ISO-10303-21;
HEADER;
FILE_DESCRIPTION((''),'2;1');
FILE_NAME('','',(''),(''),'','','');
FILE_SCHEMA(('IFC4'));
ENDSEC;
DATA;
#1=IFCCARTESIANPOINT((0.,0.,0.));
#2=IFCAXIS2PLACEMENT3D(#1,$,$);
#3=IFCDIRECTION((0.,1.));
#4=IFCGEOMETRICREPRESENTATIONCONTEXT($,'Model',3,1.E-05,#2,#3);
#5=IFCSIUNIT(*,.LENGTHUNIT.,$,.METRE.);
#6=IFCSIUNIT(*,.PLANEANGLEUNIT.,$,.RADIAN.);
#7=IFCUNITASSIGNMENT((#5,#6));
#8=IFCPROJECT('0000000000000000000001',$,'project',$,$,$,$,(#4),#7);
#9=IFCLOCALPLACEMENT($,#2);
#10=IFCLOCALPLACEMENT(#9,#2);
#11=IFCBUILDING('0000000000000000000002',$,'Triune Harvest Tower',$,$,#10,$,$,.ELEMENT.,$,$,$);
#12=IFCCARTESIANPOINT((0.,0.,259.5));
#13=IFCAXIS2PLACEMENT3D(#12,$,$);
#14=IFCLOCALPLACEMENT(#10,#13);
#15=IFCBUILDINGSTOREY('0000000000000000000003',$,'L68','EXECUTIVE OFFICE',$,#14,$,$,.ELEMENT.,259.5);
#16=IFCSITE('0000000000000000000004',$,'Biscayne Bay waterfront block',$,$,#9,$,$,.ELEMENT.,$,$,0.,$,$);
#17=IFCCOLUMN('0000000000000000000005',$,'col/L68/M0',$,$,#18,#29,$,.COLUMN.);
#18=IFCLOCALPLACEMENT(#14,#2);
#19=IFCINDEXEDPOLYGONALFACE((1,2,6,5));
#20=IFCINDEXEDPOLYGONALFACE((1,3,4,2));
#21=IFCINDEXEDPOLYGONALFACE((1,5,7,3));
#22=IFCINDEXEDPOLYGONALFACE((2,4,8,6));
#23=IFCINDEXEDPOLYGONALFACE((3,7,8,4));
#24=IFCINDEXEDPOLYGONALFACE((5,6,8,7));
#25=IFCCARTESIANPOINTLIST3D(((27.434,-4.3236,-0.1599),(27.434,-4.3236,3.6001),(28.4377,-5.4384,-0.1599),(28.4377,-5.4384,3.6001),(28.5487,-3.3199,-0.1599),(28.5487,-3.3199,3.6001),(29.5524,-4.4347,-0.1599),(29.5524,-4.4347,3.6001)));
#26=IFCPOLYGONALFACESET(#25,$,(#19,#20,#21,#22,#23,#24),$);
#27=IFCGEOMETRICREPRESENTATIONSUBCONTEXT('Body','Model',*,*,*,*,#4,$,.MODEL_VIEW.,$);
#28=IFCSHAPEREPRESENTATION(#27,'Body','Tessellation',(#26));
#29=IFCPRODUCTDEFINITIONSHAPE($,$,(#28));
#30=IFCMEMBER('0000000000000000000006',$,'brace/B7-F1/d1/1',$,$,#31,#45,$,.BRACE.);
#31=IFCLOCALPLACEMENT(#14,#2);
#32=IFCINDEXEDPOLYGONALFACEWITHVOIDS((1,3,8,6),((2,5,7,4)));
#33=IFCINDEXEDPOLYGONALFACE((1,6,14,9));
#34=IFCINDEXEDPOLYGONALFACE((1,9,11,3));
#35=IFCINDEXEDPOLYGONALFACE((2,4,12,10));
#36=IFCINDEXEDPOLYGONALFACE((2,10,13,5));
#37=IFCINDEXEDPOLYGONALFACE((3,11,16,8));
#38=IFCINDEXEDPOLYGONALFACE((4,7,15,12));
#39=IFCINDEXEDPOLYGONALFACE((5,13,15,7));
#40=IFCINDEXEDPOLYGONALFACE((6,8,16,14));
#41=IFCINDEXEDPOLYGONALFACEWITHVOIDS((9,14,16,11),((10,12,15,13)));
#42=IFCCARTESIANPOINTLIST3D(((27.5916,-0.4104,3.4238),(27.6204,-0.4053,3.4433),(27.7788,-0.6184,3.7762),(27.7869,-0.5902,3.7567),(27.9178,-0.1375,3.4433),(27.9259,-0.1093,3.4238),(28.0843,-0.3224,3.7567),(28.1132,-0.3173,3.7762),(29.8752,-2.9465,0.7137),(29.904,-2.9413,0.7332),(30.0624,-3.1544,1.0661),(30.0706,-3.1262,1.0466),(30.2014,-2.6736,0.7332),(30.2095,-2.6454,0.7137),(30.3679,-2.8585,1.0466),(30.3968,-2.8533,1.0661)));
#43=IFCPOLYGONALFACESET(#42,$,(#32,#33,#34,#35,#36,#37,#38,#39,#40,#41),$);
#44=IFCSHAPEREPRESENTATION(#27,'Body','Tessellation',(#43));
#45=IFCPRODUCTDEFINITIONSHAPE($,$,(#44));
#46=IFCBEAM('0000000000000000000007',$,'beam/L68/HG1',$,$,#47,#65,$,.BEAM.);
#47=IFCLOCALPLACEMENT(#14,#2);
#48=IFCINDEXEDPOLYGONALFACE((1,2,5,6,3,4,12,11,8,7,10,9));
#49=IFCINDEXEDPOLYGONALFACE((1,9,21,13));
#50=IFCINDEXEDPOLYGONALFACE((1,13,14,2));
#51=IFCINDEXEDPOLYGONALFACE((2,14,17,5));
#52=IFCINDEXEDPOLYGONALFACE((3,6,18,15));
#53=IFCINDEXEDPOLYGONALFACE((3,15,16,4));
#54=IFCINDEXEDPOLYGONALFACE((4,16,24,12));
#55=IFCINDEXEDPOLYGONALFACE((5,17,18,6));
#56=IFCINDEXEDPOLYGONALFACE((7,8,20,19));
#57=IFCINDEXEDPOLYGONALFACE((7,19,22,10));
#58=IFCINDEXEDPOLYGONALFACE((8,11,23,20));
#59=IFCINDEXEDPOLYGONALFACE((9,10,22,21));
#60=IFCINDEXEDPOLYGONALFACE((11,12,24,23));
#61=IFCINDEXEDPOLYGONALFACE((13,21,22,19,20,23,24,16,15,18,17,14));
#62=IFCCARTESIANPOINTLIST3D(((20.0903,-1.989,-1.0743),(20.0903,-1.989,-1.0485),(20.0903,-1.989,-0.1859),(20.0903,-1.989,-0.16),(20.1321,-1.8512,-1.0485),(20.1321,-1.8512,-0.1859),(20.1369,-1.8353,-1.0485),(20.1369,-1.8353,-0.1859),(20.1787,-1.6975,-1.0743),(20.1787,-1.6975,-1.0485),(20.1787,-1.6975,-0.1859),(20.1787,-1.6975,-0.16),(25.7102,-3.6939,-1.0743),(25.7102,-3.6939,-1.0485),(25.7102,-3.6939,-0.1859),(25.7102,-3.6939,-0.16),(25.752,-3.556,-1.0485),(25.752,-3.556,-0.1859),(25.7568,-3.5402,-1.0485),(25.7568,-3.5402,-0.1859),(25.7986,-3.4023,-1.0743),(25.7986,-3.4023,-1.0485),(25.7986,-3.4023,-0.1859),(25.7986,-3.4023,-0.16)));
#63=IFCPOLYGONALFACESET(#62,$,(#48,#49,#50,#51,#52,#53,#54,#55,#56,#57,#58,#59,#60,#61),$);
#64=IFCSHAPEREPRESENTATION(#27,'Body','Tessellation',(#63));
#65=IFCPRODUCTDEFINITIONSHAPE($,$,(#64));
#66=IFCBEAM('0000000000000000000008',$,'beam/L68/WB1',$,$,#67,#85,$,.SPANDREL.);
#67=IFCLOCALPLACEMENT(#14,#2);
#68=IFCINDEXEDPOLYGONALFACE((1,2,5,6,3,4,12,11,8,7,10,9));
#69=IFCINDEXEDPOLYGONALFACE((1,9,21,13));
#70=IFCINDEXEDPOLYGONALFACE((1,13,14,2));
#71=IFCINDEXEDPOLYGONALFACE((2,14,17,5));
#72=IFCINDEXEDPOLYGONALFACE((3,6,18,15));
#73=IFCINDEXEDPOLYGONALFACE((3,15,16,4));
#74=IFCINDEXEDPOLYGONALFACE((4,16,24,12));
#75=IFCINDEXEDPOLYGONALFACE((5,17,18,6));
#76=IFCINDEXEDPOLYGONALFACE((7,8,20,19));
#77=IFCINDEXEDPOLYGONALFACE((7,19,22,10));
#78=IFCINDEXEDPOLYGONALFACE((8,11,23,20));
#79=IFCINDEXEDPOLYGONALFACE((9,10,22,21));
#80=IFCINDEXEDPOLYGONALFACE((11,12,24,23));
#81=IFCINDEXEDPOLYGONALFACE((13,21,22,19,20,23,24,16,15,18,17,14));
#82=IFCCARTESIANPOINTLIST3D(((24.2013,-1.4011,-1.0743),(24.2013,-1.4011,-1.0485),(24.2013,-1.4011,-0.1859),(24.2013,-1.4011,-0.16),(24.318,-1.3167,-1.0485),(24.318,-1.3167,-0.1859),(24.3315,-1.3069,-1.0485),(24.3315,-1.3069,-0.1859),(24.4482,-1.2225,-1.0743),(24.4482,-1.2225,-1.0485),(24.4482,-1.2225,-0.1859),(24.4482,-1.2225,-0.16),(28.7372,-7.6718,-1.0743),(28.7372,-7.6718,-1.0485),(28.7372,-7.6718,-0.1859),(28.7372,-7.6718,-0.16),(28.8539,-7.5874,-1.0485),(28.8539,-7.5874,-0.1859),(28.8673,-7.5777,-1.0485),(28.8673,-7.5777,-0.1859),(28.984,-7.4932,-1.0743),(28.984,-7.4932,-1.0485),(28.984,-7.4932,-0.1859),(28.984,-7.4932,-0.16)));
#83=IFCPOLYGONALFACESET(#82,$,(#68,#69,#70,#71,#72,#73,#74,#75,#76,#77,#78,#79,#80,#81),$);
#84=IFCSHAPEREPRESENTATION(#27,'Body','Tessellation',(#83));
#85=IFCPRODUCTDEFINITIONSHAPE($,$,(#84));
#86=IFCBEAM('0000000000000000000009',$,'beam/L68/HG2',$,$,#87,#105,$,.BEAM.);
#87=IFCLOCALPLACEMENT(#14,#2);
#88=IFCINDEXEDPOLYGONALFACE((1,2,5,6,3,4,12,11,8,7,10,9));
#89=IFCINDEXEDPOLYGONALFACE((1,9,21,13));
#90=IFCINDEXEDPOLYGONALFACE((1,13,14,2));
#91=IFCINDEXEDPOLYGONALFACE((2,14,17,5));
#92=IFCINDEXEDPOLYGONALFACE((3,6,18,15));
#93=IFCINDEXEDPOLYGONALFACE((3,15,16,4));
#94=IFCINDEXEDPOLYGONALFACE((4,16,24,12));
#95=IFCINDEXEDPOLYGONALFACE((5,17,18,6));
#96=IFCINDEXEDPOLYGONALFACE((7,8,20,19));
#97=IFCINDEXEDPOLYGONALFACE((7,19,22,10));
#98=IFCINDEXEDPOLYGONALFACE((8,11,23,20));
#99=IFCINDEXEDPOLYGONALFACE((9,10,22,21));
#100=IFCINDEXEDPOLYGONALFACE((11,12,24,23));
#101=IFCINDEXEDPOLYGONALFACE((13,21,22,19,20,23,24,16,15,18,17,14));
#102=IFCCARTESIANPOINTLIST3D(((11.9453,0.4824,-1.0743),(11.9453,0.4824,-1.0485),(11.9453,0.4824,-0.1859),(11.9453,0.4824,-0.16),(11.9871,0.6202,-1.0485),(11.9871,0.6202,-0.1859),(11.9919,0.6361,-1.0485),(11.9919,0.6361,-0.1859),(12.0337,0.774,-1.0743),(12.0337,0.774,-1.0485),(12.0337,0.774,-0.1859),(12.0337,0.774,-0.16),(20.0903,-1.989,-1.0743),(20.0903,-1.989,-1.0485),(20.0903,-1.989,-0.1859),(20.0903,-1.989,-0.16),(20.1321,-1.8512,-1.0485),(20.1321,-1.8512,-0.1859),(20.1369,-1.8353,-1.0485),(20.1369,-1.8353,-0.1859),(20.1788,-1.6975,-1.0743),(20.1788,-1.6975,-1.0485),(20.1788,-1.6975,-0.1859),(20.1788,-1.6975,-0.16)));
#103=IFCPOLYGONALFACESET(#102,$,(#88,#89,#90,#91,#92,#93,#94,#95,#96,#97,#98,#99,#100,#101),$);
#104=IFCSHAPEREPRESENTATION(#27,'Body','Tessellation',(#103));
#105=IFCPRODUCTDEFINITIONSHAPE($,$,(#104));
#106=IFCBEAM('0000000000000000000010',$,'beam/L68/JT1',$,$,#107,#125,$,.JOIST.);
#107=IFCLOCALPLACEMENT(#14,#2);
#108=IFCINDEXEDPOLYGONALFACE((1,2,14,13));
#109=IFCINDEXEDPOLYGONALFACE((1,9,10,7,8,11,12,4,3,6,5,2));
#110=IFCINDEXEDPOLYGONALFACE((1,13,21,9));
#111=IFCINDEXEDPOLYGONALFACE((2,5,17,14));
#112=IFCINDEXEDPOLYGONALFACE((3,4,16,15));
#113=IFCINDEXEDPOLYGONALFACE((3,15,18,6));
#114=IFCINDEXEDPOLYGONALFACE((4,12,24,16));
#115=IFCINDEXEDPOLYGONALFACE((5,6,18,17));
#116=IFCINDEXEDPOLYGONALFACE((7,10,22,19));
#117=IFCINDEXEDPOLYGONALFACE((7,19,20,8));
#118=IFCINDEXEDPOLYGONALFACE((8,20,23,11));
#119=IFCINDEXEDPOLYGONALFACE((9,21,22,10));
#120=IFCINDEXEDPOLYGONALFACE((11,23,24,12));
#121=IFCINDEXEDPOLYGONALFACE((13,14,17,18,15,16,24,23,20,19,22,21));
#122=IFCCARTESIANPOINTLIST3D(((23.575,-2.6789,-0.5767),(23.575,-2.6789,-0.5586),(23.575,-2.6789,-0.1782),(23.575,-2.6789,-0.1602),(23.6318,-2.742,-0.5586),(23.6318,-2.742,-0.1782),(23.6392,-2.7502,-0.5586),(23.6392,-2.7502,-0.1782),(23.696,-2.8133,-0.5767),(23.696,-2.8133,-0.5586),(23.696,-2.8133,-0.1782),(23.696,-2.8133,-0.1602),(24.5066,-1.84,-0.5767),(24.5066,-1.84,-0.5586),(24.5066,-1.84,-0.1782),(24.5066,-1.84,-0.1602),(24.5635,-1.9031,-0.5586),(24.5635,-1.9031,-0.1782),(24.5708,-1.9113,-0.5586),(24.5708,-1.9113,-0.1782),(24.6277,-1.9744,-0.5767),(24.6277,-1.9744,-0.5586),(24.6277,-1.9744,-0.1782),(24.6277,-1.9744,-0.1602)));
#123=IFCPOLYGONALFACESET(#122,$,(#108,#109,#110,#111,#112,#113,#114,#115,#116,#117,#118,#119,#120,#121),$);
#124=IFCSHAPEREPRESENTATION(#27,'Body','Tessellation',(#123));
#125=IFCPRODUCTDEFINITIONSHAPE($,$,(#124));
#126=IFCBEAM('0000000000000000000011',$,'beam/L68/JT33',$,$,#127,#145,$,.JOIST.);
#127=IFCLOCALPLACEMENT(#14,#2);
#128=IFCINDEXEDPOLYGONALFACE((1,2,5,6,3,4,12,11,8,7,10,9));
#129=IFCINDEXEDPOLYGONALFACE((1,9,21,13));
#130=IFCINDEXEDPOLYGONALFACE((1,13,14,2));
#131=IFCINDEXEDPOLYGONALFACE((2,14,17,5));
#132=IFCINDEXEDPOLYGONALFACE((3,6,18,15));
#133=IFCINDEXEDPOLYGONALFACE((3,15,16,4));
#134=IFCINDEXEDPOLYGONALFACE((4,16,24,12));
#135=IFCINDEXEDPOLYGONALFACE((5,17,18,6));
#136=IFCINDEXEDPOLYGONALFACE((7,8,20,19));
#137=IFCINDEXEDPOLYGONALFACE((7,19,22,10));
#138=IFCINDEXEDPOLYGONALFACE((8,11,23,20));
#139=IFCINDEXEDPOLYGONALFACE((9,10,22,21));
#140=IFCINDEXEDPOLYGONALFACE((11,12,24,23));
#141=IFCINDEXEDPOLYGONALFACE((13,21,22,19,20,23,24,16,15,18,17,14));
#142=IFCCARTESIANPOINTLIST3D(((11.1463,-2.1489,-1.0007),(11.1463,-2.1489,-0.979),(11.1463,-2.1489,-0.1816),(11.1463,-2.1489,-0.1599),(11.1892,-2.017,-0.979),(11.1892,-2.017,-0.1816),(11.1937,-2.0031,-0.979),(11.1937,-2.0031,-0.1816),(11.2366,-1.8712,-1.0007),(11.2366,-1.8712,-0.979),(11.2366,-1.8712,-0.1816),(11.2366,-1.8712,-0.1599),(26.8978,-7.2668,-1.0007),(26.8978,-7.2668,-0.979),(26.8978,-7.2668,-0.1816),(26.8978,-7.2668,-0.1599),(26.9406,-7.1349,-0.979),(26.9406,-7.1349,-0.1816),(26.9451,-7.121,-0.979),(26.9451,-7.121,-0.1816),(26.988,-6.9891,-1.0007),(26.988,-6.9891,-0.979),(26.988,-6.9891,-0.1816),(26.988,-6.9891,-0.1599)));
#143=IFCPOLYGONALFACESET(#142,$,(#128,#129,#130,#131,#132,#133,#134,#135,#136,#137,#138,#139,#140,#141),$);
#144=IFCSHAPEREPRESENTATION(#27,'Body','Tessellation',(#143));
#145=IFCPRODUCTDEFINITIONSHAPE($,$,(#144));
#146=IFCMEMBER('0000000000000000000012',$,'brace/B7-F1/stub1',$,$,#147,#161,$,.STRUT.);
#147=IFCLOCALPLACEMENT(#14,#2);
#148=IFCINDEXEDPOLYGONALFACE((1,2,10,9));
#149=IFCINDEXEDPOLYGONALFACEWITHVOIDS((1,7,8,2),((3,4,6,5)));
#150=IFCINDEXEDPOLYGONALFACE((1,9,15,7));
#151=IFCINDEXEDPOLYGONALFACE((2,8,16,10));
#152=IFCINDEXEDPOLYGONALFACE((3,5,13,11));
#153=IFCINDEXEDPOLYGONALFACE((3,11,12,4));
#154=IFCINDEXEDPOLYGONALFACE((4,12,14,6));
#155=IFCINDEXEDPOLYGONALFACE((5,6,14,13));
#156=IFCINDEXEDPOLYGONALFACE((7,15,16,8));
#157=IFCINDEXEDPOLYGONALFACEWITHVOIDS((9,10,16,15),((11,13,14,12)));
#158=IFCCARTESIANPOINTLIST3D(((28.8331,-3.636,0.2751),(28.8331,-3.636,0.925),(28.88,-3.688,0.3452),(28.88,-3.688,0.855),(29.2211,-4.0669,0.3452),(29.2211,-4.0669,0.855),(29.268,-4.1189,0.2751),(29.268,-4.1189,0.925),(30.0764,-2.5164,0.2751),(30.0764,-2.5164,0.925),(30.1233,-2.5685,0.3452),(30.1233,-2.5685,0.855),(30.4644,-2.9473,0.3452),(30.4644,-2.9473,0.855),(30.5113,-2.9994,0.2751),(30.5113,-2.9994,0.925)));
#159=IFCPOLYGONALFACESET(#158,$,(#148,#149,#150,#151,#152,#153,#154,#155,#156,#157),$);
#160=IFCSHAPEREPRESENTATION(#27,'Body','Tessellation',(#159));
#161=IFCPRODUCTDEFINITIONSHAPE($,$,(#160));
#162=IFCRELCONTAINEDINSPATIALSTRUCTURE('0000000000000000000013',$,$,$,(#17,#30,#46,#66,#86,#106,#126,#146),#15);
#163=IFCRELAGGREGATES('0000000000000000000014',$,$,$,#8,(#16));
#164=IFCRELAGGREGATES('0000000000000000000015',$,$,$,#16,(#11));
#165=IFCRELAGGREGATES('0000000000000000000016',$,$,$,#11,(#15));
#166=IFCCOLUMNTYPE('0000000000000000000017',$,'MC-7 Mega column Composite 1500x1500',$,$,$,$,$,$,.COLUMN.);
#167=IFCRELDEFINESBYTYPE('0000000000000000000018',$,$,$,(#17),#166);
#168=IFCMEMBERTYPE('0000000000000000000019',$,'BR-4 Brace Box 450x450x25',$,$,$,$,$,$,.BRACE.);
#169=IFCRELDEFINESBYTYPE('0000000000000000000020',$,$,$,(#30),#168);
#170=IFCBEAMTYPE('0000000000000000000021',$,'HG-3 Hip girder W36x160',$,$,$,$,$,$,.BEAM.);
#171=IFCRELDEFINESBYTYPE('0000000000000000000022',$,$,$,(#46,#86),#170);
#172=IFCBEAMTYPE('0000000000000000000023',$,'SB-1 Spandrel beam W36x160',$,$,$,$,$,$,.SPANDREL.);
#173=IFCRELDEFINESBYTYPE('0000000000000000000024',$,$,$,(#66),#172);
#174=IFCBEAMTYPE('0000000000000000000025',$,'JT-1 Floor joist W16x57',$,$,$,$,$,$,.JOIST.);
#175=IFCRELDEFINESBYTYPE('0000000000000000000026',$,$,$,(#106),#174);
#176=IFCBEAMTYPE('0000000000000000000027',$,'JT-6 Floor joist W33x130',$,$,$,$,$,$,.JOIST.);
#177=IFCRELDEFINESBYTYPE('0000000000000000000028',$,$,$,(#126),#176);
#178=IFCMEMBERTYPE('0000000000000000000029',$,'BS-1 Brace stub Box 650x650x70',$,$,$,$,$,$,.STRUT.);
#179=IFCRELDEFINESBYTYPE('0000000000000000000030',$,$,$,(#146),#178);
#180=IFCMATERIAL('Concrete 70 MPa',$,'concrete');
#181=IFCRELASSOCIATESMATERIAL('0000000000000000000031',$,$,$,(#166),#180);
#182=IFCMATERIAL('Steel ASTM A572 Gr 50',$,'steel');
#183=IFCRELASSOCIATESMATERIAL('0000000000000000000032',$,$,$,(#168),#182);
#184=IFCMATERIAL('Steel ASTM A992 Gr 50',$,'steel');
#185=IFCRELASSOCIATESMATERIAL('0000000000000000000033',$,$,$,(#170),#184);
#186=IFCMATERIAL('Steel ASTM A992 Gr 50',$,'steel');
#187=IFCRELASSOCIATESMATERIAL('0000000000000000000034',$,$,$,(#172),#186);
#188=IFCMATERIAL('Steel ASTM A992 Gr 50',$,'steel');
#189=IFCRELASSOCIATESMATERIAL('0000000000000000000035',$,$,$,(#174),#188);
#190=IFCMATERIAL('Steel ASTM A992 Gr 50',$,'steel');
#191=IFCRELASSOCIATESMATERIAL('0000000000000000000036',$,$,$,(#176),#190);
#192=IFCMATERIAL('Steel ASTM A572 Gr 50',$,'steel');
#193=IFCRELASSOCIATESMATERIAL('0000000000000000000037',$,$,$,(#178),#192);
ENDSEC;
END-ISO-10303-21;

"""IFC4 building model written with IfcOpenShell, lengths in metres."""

from ifc_helpers import new_model, si_unit, direction, frame, origin, origin_2d, place, context, subcontext, project, spatial, rectangle, hollow_rectangle, i_section, extrude, source, transform, mapped, material, material_profile, profile_set, type_object, element, save


model = new_model("IFC4")

# Units and contexts
model_context = context("Model", 3, precision=1e-05, world=origin(), true_north=direction((0.0, 1.0)))
body_context = subcontext(model_context, "Body", "Model", "MODEL_VIEW")
ifc_project = project(units=[si_unit("LENGTHUNIT", "METRE"), si_unit("PLANEANGLEUNIT", "RADIAN")], contexts=[model_context])

# Site, building, storey
site_placement = place(None, origin())
site = spatial("IfcSite", under=ifc_project, at=site_placement, Name="Biscayne Bay waterfront block", CompositionType="ELEMENT", RefElevation=0.0)
building_placement = place(site_placement, origin())
building = spatial("IfcBuilding", under=site, at=building_placement, Name="Triune Harvest Tower", CompositionType="ELEMENT")
storey_placement = place(building_placement, frame((0.0, 0.0, 259.5)))
storey = spatial("IfcBuildingStorey", under=building, at=storey_placement, Name="L68", Description="EXECUTIVE OFFICE", CompositionType="ELEMENT", Elevation=259.5)

# Column
ifc_material_1 = material(Name="Concrete 70 MPa", Category="concrete")
ifc_material_profile_1 = material_profile(ifc_material_1, rectangle(XDim=1.5, YDim=1.5, at=origin_2d()), Name="Composite 1500x1500")
ifc_profile_set_1 = profile_set([ifc_material_profile_1], Name="Concrete 70 MPa")
column_type = type_object("IfcColumnType", Name="MC-7 Mega column Composite 1500x1500", PredefinedType="COLUMN", material=ifc_profile_set_1)
shared_shape_1 = source(origin(), body_context, "Body", "SweptSolid", [
    extrude(rectangle(XDim=1.5, YDim=1.5, at=origin_2d()), origin(), (0.0, 0.0, 1.0), 3.76),
])
column_placement = place(storey_placement, frame((28.4932, -4.3792, -0.1599), z_axis=(0.0, 0.0, 1.0), x_axis=(-0.669131, 0.743145, 0.0)))
element("IfcColumn", 1, at=column_placement, inside=storey, type_object=column_type, Name="col/L68/M0", PredefinedType="COLUMN", context=body_context, shape_type="MappedRepresentation", body=[
    mapped(shared_shape_1, transform((0.0, 0.0, 0.0), scale=1.0)),
])

# Member
ifc_material_2 = material(Name="Steel ASTM A572 Gr 50", Category="steel")
ifc_material_profile_2 = material_profile(ifc_material_2, hollow_rectangle(XDim=0.45, YDim=0.45, WallThickness=0.0249, at=origin_2d()), Name="Box 450x450x25")
ifc_profile_set_2 = profile_set([ifc_material_profile_2], Name="Steel ASTM A572 Gr 50")
member_type_1 = type_object("IfcMemberType", Name="BR-4 Brace Box 450x450x25", PredefinedType="BRACE", material=ifc_profile_set_2)
member_1_placement = place(storey_placement, frame((30.136, -2.8999, 0.8899), z_axis=(-0.524019, 0.581945, 0.621888), x_axis=(-0.743123, -0.669154, 0.0)))
element("IfcMember", 2, at=member_1_placement, inside=storey, type_object=member_type_1, Name="brace/B7-F1/d1/1", PredefinedType="BRACE", context=body_context, shape_type="SweptSolid", body=[
    extrude(hollow_rectangle(XDim=0.45, YDim=0.45, WallThickness=0.0249, at=origin_2d()), origin(), (0.0, 0.0, 1.0), 4.3579),
])

# Beams
ifc_material_3 = material(Name="Steel ASTM A992 Gr 50", Category="steel")
ifc_material_profile_3 = material_profile(ifc_material_3, i_section(OverallWidth=0.3047, OverallDepth=0.9143, WebThickness=0.0166, FlangeThickness=0.0259, at=origin_2d()), Name="W36x160")
ifc_profile_set_3 = profile_set([ifc_material_profile_3], Name="Steel ASTM A992 Gr 50")
beam_type_1 = type_object("IfcBeamType", Name="HG-3 Hip girder W36x160", PredefinedType="BEAM", material=ifc_profile_set_3)
beam_1_placement = place(storey_placement, frame((25.7544, -3.5481, -0.6172), z_axis=(-0.956937, 0.290295, 0.0), x_axis=(-0.290295, -0.956937, 0.0)))
element("IfcBeam", 3, at=beam_1_placement, inside=storey, type_object=beam_type_1, Name="beam/L68/HG1", PredefinedType="BEAM", context=body_context, shape_type="SweptSolid", body=[
    extrude(i_section(OverallWidth=0.3047, OverallDepth=0.9143, WebThickness=0.0166, FlangeThickness=0.0259, at=origin_2d()), origin(), (0.0, 0.0, 1.0), 5.8728),
])
ifc_material_4 = material(Name="Steel ASTM A992 Gr 50", Category="steel")
ifc_material_profile_4 = material_profile(ifc_material_4, i_section(OverallWidth=0.3047, OverallDepth=0.9143, WebThickness=0.0166, FlangeThickness=0.0259, at=origin_2d()), Name="W36x160")
ifc_profile_set_4 = profile_set([ifc_material_profile_4], Name="Steel ASTM A992 Gr 50")
beam_type_2 = type_object("IfcBeamType", Name="SB-1 Spandrel beam W36x160", PredefinedType="SPANDREL", material=ifc_profile_set_4)
shared_shape_2 = source(origin(), body_context, "Body", "SweptSolid", [
    extrude(i_section(OverallWidth=0.3047, OverallDepth=0.9143, WebThickness=0.0166, FlangeThickness=0.0259, at=origin_2d()), origin(), (0.0, 0.0, 1.0), 7.7393),
])
beam_2_placement = place(storey_placement, frame((28.8606, -7.5825, -0.6172), z_axis=(-0.586086, 0.810249, 0.0), x_axis=(-0.810249, -0.586086, 0.0)))
element("IfcBeam", 4, at=beam_2_placement, inside=storey, type_object=beam_type_2, Name="beam/L68/WB1", PredefinedType="SPANDREL", context=body_context, shape_type="MappedRepresentation", body=[
    mapped(shared_shape_2, transform((0.0, 0.0, 0.0), scale=1.0)),
])
shared_shape_3 = source(origin(), body_context, "Body", "SweptSolid", [
    extrude(i_section(OverallWidth=0.3047, OverallDepth=0.9143, WebThickness=0.0166, FlangeThickness=0.0259, at=origin_2d()), origin(), (0.0, 0.0, 1.0), 8.5117),
])
beam_3_placement = place(storey_placement, frame((20.1345, -1.8433, -0.6172), z_axis=(-0.956918, 0.290357, 0.0), x_axis=(-0.290357, -0.956918, 0.0)))
element("IfcBeam", 5, at=beam_3_placement, inside=storey, type_object=beam_type_1, Name="beam/L68/HG2", PredefinedType="BEAM", context=body_context, shape_type="MappedRepresentation", body=[
    mapped(shared_shape_3, transform((0.0, 0.0, 0.0), scale=1.0)),
])
ifc_material_5 = material(Name="Steel ASTM A992 Gr 50", Category="steel")
ifc_material_profile_5 = material_profile(ifc_material_5, i_section(OverallWidth=0.1809, OverallDepth=0.4165, WebThickness=0.011, FlangeThickness=0.0181, at=origin_2d()), Name="W16x57")
ifc_profile_set_5 = profile_set([ifc_material_profile_5], Name="Steel ASTM A992 Gr 50")
beam_type_3 = type_object("IfcBeamType", Name="JT-1 Floor joist W16x57", PredefinedType="JOIST", material=ifc_profile_set_5)
shared_shape_4 = source(origin(), body_context, "Body", "SweptSolid", [
    extrude(i_section(OverallWidth=0.1809, OverallDepth=0.4165, WebThickness=0.011, FlangeThickness=0.0181, at=origin_2d()), origin(), (0.0, 0.0, 1.0), 1.2537),
])
beam_4_placement = place(storey_placement, frame((24.5671, -1.9072, -0.3684), z_axis=(-0.743139, -0.669137, 0.0), x_axis=(0.669137, -0.743139, 0.0)))
element("IfcBeam", 6, at=beam_4_placement, inside=storey, type_object=beam_type_3, Name="beam/L68/JT1", PredefinedType="JOIST", context=body_context, shape_type="MappedRepresentation", body=[
    mapped(shared_shape_4, transform((0.0, 0.0, 0.0), scale=1.0)),
])
ifc_material_6 = material(Name="Steel ASTM A992 Gr 50", Category="steel")
ifc_material_profile_6 = material_profile(ifc_material_6, i_section(OverallWidth=0.292, OverallDepth=0.8408, WebThickness=0.0146, FlangeThickness=0.0217, at=origin_2d()), Name="W33x130")
ifc_profile_set_6 = profile_set([ifc_material_profile_6], Name="Steel ASTM A992 Gr 50")
beam_type_4 = type_object("IfcBeamType", Name="JT-6 Floor joist W33x130", PredefinedType="JOIST", material=ifc_profile_set_6)
shared_shape_5 = source(origin(), body_context, "Body", "SweptSolid", [
    extrude(i_section(OverallWidth=0.292, OverallDepth=0.8408, WebThickness=0.0146, FlangeThickness=0.0217, at=origin_2d()), origin(), (0.0, 0.0, 1.0), 16.562),
])
beam_5_placement = place(storey_placement, frame((26.9429, -7.1279, -0.5803), z_axis=(-0.951057, 0.309015, 0.0), x_axis=(-0.309015, -0.951057, 0.0)))
element("IfcBeam", 7, at=beam_5_placement, inside=storey, type_object=beam_type_4, Name="beam/L68/JT33", PredefinedType="JOIST", context=body_context, shape_type="MappedRepresentation", body=[
    mapped(shared_shape_5, transform((0.0, 0.0, 0.0), scale=1.0)),
])

# Member
ifc_material_7 = material(Name="Steel ASTM A572 Gr 50", Category="steel")
ifc_material_profile_7 = material_profile(ifc_material_7, hollow_rectangle(XDim=0.6499, YDim=0.6499, WallThickness=0.0701, at=origin_2d()), Name="Box 650x650x70")
ifc_profile_set_7 = profile_set([ifc_material_profile_7], Name="Steel ASTM A572 Gr 50")
member_type_2 = type_object("IfcMemberType", Name="BS-1 Brace stub Box 650x650x70", PredefinedType="STRUT", material=ifc_profile_set_7)
shared_shape_6 = source(origin(), body_context, "Body", "SweptSolid", [
    extrude(hollow_rectangle(XDim=0.6499, YDim=0.6499, WallThickness=0.0701, at=origin_2d()), origin(), (0.0, 0.0, 1.0), 1.6731),
])
member_2_placement = place(storey_placement, frame((29.0505, -3.8774, 0.6001), z_axis=(0.743127, 0.66915, 0.0), x_axis=(-0.66915, 0.743127, 0.0)))
element("IfcMember", 8, at=member_2_placement, inside=storey, type_object=member_type_2, Name="brace/B7-F1/stub1", PredefinedType="STRUT", context=body_context, shape_type="MappedRepresentation", body=[
    mapped(shared_shape_6, transform((0.0, 0.0, 0.0), scale=1.0)),
])

save(model, "model.ifc")
